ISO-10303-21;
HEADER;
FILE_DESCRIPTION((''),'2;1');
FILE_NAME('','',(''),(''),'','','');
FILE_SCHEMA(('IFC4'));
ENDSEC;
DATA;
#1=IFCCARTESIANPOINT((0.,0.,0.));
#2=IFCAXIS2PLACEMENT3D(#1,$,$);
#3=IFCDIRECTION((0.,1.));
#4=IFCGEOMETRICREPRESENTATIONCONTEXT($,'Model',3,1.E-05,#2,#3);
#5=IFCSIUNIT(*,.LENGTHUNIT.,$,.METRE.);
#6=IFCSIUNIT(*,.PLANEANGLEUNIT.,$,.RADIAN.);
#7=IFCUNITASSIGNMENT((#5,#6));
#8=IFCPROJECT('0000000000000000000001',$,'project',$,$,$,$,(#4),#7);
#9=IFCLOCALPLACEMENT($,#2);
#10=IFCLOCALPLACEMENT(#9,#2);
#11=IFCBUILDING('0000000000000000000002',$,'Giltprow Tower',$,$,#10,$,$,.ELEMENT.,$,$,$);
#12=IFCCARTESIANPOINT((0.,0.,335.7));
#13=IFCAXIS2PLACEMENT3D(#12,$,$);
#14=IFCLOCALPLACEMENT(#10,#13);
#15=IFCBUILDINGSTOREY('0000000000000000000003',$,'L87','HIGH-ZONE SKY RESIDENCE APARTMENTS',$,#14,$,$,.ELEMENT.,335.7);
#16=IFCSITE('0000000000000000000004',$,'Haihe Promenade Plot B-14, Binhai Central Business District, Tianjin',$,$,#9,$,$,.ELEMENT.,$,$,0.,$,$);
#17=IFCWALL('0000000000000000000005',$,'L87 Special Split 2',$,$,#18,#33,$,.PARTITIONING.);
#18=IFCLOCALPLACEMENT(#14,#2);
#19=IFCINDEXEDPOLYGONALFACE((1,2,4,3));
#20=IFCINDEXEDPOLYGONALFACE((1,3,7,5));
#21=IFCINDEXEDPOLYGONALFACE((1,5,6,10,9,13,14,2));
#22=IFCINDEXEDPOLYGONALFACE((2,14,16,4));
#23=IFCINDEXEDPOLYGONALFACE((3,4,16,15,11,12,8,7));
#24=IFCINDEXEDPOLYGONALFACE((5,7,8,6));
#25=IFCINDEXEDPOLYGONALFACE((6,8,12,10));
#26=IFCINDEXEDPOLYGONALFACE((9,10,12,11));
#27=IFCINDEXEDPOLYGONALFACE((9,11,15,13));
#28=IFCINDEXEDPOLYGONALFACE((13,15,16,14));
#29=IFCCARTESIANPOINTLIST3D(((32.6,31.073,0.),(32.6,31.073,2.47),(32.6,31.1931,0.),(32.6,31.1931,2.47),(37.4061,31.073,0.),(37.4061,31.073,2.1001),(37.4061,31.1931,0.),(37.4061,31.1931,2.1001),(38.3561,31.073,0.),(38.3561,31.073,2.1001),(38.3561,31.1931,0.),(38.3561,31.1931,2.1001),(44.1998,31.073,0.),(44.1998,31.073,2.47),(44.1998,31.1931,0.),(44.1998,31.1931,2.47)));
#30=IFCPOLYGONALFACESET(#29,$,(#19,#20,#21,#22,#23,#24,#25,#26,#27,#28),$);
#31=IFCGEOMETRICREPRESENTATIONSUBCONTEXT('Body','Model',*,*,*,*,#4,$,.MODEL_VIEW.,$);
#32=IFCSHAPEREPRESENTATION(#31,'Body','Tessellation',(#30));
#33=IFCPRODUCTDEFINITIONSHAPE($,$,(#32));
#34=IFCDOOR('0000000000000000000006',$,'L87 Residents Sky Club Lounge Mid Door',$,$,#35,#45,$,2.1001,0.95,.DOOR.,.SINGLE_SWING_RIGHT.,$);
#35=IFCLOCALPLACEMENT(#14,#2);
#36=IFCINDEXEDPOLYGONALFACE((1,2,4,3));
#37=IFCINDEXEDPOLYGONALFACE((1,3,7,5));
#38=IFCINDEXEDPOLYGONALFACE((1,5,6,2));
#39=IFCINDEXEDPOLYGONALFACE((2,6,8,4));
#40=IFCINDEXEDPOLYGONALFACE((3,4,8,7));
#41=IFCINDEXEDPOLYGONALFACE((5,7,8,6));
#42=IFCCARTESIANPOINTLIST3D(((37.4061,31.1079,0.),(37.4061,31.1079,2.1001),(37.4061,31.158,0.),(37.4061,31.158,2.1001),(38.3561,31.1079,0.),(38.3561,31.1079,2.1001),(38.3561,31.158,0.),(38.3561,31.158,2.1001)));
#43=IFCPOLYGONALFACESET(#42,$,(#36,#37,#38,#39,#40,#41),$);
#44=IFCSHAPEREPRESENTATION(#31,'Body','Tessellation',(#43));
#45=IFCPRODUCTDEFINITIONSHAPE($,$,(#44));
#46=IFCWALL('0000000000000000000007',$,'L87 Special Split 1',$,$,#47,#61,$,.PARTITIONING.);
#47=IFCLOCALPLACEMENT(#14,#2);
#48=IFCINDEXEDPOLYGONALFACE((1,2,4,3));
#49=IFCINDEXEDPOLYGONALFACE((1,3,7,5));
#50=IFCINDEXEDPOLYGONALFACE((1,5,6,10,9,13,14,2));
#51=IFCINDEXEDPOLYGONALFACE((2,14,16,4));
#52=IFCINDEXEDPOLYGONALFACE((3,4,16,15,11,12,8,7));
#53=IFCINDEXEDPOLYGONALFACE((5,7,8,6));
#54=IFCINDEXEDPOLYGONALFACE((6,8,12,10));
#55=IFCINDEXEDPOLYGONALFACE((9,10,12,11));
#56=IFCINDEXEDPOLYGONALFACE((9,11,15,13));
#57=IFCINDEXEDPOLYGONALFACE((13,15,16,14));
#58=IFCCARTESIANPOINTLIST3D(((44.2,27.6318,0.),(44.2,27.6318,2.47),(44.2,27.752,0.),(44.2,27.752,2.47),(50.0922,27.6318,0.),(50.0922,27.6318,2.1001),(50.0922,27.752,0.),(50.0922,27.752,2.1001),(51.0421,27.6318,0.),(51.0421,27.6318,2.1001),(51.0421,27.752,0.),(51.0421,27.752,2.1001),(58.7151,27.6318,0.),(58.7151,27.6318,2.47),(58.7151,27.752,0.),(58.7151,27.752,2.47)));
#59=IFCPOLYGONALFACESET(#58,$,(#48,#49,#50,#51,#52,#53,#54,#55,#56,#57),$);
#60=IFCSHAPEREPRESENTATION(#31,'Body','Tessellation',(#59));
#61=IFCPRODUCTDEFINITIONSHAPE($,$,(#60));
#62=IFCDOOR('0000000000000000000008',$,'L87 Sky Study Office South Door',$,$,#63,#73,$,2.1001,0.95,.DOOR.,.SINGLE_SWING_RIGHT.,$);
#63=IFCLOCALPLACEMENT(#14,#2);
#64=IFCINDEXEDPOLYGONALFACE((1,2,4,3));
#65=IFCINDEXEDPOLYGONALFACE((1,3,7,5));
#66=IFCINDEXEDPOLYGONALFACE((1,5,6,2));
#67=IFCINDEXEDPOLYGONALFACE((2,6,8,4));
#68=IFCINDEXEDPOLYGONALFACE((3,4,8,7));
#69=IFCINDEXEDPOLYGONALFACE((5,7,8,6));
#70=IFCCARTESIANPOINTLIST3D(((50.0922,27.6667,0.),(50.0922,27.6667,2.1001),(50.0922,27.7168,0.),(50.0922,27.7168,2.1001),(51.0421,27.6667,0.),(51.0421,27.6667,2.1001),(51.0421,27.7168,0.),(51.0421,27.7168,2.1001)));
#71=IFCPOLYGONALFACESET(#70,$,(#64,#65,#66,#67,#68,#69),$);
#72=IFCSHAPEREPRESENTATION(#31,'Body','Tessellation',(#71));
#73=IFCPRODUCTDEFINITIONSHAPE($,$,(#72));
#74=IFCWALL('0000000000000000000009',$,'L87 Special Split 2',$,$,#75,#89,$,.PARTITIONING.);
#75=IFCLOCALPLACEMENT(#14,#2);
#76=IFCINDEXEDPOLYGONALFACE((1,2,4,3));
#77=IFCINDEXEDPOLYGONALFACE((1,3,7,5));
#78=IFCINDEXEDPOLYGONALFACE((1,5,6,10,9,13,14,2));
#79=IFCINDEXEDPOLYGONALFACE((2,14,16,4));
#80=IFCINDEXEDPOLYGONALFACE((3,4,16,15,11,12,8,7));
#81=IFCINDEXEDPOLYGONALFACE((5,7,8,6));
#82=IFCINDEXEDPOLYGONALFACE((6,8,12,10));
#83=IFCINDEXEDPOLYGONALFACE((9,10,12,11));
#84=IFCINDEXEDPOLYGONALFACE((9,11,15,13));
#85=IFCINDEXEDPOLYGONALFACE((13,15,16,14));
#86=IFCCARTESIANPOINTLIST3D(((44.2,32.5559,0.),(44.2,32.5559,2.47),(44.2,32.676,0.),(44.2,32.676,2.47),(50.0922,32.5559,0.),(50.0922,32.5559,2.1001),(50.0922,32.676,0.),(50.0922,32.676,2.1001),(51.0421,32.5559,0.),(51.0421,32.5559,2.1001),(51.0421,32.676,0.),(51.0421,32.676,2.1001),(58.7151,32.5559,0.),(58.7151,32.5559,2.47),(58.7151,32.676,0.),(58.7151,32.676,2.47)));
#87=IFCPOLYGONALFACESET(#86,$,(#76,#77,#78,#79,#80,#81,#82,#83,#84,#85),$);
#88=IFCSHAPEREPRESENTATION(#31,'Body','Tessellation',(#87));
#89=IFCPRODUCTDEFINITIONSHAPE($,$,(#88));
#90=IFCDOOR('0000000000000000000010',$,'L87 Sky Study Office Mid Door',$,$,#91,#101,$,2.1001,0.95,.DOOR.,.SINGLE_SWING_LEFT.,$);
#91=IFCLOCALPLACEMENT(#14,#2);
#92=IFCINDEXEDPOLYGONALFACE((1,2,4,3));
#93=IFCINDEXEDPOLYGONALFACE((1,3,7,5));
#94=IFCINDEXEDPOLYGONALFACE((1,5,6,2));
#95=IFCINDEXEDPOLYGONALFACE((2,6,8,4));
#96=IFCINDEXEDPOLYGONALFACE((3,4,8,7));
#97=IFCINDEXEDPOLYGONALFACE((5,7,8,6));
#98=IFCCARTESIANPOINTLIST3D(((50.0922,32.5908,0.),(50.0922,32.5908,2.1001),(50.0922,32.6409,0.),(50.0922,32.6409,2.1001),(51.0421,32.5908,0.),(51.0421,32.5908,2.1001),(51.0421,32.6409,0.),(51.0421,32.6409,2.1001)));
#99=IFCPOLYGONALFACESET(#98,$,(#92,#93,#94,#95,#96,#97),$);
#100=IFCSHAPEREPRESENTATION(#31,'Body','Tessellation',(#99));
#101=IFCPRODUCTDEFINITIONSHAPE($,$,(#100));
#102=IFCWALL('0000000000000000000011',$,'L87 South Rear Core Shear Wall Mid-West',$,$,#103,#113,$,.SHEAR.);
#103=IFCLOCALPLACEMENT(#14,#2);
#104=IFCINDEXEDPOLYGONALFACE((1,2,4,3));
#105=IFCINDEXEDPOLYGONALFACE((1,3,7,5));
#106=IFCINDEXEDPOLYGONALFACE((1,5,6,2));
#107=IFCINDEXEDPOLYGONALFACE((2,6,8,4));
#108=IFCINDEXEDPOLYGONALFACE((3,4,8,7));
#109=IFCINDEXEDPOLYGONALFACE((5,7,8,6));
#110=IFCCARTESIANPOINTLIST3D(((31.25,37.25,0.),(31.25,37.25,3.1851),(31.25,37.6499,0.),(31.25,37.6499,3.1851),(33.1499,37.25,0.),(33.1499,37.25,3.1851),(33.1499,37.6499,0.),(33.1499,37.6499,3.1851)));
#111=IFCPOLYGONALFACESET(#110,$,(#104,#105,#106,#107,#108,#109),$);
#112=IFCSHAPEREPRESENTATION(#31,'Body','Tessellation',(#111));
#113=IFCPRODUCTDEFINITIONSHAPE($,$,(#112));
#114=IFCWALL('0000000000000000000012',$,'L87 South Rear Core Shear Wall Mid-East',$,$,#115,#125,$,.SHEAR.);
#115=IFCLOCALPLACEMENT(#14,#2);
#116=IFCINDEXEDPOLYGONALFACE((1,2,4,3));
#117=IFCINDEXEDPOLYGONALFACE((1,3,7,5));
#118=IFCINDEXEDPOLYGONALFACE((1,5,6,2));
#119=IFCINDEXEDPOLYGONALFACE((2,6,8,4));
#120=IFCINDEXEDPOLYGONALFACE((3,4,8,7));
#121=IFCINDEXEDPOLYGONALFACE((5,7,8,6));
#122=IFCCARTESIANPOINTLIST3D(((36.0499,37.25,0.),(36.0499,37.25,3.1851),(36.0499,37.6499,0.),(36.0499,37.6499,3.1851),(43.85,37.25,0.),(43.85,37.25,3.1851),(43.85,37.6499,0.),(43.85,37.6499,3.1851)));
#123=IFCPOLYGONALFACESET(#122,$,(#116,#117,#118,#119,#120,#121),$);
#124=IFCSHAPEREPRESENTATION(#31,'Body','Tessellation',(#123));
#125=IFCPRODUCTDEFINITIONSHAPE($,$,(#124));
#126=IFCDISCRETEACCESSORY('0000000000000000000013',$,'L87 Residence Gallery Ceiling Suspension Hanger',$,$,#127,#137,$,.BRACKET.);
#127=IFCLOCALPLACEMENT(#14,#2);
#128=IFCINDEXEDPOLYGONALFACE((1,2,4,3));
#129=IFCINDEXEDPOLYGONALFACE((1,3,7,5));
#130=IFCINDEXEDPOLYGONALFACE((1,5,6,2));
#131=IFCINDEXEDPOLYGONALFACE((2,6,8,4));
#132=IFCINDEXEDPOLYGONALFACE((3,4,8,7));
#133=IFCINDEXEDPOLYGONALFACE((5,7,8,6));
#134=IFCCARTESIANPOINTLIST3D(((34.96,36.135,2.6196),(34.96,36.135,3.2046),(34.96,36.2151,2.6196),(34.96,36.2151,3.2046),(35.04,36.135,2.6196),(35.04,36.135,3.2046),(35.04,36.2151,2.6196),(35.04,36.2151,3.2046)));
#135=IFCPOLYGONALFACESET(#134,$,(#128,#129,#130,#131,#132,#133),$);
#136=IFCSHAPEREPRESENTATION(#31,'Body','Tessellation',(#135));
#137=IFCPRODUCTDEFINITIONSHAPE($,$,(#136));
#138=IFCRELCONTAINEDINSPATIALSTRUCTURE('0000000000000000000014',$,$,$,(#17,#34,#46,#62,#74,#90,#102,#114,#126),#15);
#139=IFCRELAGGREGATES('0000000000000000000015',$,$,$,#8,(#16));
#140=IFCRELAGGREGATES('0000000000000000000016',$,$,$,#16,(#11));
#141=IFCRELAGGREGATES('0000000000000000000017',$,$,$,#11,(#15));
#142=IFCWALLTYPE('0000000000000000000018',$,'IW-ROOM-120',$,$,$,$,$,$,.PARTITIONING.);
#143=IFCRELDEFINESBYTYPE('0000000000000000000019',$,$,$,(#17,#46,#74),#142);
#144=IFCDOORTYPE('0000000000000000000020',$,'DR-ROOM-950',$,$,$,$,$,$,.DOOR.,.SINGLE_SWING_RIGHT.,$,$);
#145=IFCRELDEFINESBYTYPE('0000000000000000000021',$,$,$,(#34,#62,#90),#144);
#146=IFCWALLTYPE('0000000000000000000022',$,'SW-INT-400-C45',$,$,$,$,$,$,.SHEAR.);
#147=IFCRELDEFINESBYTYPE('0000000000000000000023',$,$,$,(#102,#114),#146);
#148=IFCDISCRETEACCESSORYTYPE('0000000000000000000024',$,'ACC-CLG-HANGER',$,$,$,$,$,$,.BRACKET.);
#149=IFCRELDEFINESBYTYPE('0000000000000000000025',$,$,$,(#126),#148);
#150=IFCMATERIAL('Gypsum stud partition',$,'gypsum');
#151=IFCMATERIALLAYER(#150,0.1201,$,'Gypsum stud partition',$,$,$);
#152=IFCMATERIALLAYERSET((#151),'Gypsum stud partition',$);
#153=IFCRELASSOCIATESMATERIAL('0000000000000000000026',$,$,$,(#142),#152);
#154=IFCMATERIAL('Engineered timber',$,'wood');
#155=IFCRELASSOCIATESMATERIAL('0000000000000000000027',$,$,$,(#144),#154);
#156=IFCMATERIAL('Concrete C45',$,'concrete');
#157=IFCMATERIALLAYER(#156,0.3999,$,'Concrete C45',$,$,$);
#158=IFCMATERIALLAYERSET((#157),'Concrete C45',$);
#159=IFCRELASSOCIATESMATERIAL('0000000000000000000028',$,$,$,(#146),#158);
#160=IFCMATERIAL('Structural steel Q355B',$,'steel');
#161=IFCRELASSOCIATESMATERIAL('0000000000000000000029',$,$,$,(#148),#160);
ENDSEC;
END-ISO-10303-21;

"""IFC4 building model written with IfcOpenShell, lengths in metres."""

from ifc_helpers import new_model, si_unit, direction, frame, frame_2d, origin, origin_2d, place, context, subcontext, project, spatial, rectangle, extrude, source, transform, mapped, material, layer, layer_set, type_object, element, fill, save


model = new_model("IFC4")

# Units and contexts
model_context = context("Model", 3, precision=1e-05, world=origin(), true_north=direction((0.0, 1.0)))
body_context = subcontext(model_context, "Body", "Model", "MODEL_VIEW")
ifc_project = project(units=[si_unit("LENGTHUNIT", "METRE"), si_unit("PLANEANGLEUNIT", "RADIAN")], contexts=[model_context])

# Site, building, storey
site_placement = place(None, origin())
site = spatial("IfcSite", under=ifc_project, at=site_placement, Name="Haihe Promenade Plot B-14, Binhai Central Business District, Tianjin", CompositionType="ELEMENT", RefElevation=0.0)
building_placement = place(site_placement, origin())
building = spatial("IfcBuilding", under=site, at=building_placement, Name="Giltprow Tower", CompositionType="ELEMENT")
storey_placement = place(building_placement, frame((0.0, 0.0, 335.7)))
storey = spatial("IfcBuildingStorey", under=building, at=storey_placement, Name="L87", Description="HIGH-ZONE SKY RESIDENCE APARTMENTS", CompositionType="ELEMENT", Elevation=335.7)

# Shared definitions
ifc_material_1 = material(Name="Concrete C45", Category="concrete")

# Shared definitions
ifc_material_2 = material(Name="Structural steel Q355B", Category="steel")

# Walls, openings, doors
ifc_material_3 = material(Name="Gypsum stud partition", Category="gypsum")
ifc_layer_1 = layer(ifc_material_3, 0.1201, Name="Gypsum stud partition")
ifc_layer_set_1 = layer_set([ifc_layer_1], Name="Gypsum stud partition")
wall_type_1 = type_object("IfcWallType", Name="IW-ROOM-120", PredefinedType="PARTITIONING", material=ifc_layer_set_1)
ifc_material_4 = material(Name="Engineered timber", Category="wood")
door_type = type_object("IfcDoorType", Name="DR-ROOM-950", OperationType="SINGLE_SWING_RIGHT", PredefinedType="DOOR", material=ifc_material_4)
shared_shape_1 = source(origin(), body_context, "Body", "SweptSolid", [
    extrude(rectangle(XDim=0.95, YDim=2.1001, at=frame_2d((0.4751, 1.05))), frame((0.0, 0.0249, 0.0), z_axis=(0.0, -1.0, 0.0), x_axis=(1.0, 0.0, 0.0)), (0.0, 0.0, 1.0), 0.05),
])
wall_1_placement = place(storey_placement, frame((32.6001, 31.1331, 0.0), z_axis=(0.0, 0.0, 1.0), x_axis=(1.0, 0.0, 0.0)))
wall_1 = element("IfcWall", 1, at=wall_1_placement, inside=storey, type_object=wall_type_1, Name="L87 Special Split 2", PredefinedType="PARTITIONING", context=body_context, shape_type="SweptSolid", body=[
    extrude(rectangle(XDim=11.5999, YDim=0.1201, at=frame_2d((5.7998, 0.0))), origin(), (0.0, 0.0, 1.0), 2.47),
])
opening_1_placement = place(wall_1_placement, frame((4.8059, 0.0, 0.0)))
opening_1 = element("IfcOpeningElement", 2, at=opening_1_placement, cuts=wall_1, PredefinedType="OPENING", context=body_context, shape_type="SweptSolid", body=[
    extrude(rectangle(XDim=0.95, YDim=2.1001, at=frame_2d((0.4751, 1.05))), frame((0.0, 0.0701, 0.0), z_axis=(0.0, -1.0, 0.0), x_axis=(1.0, 0.0, 0.0)), (0.0, 0.0, 1.0), 0.1401),
])
door_1_placement = place(opening_1_placement, origin())
door_1 = element("IfcDoor", 3, at=door_1_placement, inside=storey, type_object=door_type, Name="L87 Residents Sky Club Lounge Mid Door", OperationType="SINGLE_SWING_RIGHT", OverallHeight=2.1001, OverallWidth=0.95, PredefinedType="DOOR", context=body_context, shape_type="MappedRepresentation", body=[
    mapped(shared_shape_1, transform((0.0, 0.0, 0.0), x_axis=(1.0, 0.0, 0.0), y_axis=(0.0, 1.0, 0.0), z_axis=(0.0, 0.0, 1.0), scale=1.0)),
])
fill(opening_1, door_1)
wall_2_placement = place(storey_placement, frame((44.2, 27.6919, 0.0), z_axis=(0.0, 0.0, 1.0), x_axis=(1.0, 0.0, 0.0)))
wall_2 = element("IfcWall", 4, at=wall_2_placement, inside=storey, type_object=wall_type_1, Name="L87 Special Split 1", PredefinedType="PARTITIONING", context=body_context, shape_type="SweptSolid", body=[
    extrude(rectangle(XDim=14.5151, YDim=0.1201, at=frame_2d((7.2576, 0.0))), origin(), (0.0, 0.0, 1.0), 2.47),
])
opening_2_placement = place(wall_2_placement, frame((5.8921, 0.0, 0.0)))
opening_2 = element("IfcOpeningElement", 5, at=opening_2_placement, cuts=wall_2, PredefinedType="OPENING", context=body_context, shape_type="SweptSolid", body=[
    extrude(rectangle(XDim=0.95, YDim=2.1001, at=frame_2d((0.4751, 1.05))), frame((0.0, 0.0701, 0.0), z_axis=(0.0, -1.0, 0.0), x_axis=(1.0, 0.0, 0.0)), (0.0, 0.0, 1.0), 0.1401),
])
door_2_placement = place(opening_2_placement, origin())
door_2 = element("IfcDoor", 6, at=door_2_placement, inside=storey, type_object=door_type, Name="L87 Sky Study Office South Door", OperationType="SINGLE_SWING_RIGHT", OverallHeight=2.1001, OverallWidth=0.95, PredefinedType="DOOR", context=body_context, shape_type="MappedRepresentation", body=[
    mapped(shared_shape_1, transform((0.0, 0.0, 0.0), x_axis=(1.0, 0.0, 0.0), y_axis=(0.0, 1.0, 0.0), z_axis=(0.0, 0.0, 1.0), scale=1.0)),
])
fill(opening_2, door_2)
wall_3_placement = place(storey_placement, frame((44.2, 32.616, 0.0), z_axis=(0.0, 0.0, 1.0), x_axis=(1.0, 0.0, 0.0)))
wall_3 = element("IfcWall", 7, at=wall_3_placement, inside=storey, type_object=wall_type_1, Name="L87 Special Split 2", PredefinedType="PARTITIONING", context=body_context, shape_type="SweptSolid", body=[
    extrude(rectangle(XDim=14.5151, YDim=0.1201, at=frame_2d((7.2576, 0.0))), origin(), (0.0, 0.0, 1.0), 2.47),
])
opening_3_placement = place(wall_3_placement, frame((5.8921, 0.0, 0.0)))
opening_3 = element("IfcOpeningElement", 8, at=opening_3_placement, cuts=wall_3, PredefinedType="OPENING", context=body_context, shape_type="SweptSolid", body=[
    extrude(rectangle(XDim=0.95, YDim=2.1001, at=frame_2d((0.4751, 1.05))), frame((0.0, 0.0701, 0.0), z_axis=(0.0, -1.0, 0.0), x_axis=(1.0, 0.0, 0.0)), (0.0, 0.0, 1.0), 0.1401),
])
door_3_placement = place(opening_3_placement, origin())
door_3 = element("IfcDoor", 9, at=door_3_placement, inside=storey, type_object=door_type, Name="L87 Sky Study Office Mid Door", OperationType="SINGLE_SWING_LEFT", OverallHeight=2.1001, OverallWidth=0.95, PredefinedType="DOOR", context=body_context, shape_type="MappedRepresentation", body=[
    mapped(shared_shape_1, transform((0.0, 0.0, 0.0), x_axis=(1.0, 0.0, 0.0), y_axis=(0.0, 1.0, 0.0), z_axis=(0.0, 0.0, 1.0), scale=1.0)),
])
fill(opening_3, door_3)

# Walls
ifc_layer_2 = layer(ifc_material_1, 0.3999, Name="Concrete C45")
ifc_layer_set_2 = layer_set([ifc_layer_2], Name="Concrete C45")
wall_type_2 = type_object("IfcWallType", Name="SW-INT-400-C45", PredefinedType="SHEAR", material=ifc_layer_set_2)
wall_4_placement = place(storey_placement, frame((31.25, 37.45, 0.0), z_axis=(0.0, 0.0, 1.0), x_axis=(1.0, 0.0, 0.0)))
element("IfcWall", 10, at=wall_4_placement, inside=storey, type_object=wall_type_2, Name="L87 South Rear Core Shear Wall Mid-West", PredefinedType="SHEAR", context=body_context, shape_type="SweptSolid", body=[
    extrude(rectangle(XDim=1.8999, YDim=0.3999, at=frame_2d((0.95, 0.0))), origin(), (0.0, 0.0, 1.0), 3.1851),
])
wall_5_placement = place(storey_placement, frame((36.05, 37.45, 0.0), z_axis=(0.0, 0.0, 1.0), x_axis=(1.0, 0.0, 0.0)))
element("IfcWall", 11, at=wall_5_placement, inside=storey, type_object=wall_type_2, Name="L87 South Rear Core Shear Wall Mid-East", PredefinedType="SHEAR", context=body_context, shape_type="SweptSolid", body=[
    extrude(rectangle(XDim=7.8, YDim=0.3999, at=frame_2d((3.8999, 0.0))), origin(), (0.0, 0.0, 1.0), 3.1851),
])

# Discrete accessory
discrete_accessory_type = type_object("IfcDiscreteAccessoryType", Name="ACC-CLG-HANGER", PredefinedType="BRACKET", material=ifc_material_2)
shared_shape_2 = source(origin(), body_context, "Body", "SweptSolid", [
    extrude(rectangle(XDim=0.0801, YDim=0.0801, at=origin_2d()), origin(), (0.0, 0.0, 1.0), 0.585),
])
discrete_accessory_placement = place(storey_placement, frame((35.0, 36.175, 2.6196), z_axis=(0.0, 0.0, 1.0), x_axis=(1.0, 0.0, 0.0)))
element("IfcDiscreteAccessory", 12, at=discrete_accessory_placement, inside=storey, type_object=discrete_accessory_type, Name="L87 Residence Gallery Ceiling Suspension Hanger", PredefinedType="BRACKET", context=body_context, shape_type="MappedRepresentation", body=[
    mapped(shared_shape_2, transform((0.0, 0.0, 0.0), x_axis=(1.0, 0.0, 0.0), y_axis=(0.0, 1.0, 0.0), z_axis=(0.0, 0.0, 1.0), scale=1.0)),
])

save(model, "model.ifc")
